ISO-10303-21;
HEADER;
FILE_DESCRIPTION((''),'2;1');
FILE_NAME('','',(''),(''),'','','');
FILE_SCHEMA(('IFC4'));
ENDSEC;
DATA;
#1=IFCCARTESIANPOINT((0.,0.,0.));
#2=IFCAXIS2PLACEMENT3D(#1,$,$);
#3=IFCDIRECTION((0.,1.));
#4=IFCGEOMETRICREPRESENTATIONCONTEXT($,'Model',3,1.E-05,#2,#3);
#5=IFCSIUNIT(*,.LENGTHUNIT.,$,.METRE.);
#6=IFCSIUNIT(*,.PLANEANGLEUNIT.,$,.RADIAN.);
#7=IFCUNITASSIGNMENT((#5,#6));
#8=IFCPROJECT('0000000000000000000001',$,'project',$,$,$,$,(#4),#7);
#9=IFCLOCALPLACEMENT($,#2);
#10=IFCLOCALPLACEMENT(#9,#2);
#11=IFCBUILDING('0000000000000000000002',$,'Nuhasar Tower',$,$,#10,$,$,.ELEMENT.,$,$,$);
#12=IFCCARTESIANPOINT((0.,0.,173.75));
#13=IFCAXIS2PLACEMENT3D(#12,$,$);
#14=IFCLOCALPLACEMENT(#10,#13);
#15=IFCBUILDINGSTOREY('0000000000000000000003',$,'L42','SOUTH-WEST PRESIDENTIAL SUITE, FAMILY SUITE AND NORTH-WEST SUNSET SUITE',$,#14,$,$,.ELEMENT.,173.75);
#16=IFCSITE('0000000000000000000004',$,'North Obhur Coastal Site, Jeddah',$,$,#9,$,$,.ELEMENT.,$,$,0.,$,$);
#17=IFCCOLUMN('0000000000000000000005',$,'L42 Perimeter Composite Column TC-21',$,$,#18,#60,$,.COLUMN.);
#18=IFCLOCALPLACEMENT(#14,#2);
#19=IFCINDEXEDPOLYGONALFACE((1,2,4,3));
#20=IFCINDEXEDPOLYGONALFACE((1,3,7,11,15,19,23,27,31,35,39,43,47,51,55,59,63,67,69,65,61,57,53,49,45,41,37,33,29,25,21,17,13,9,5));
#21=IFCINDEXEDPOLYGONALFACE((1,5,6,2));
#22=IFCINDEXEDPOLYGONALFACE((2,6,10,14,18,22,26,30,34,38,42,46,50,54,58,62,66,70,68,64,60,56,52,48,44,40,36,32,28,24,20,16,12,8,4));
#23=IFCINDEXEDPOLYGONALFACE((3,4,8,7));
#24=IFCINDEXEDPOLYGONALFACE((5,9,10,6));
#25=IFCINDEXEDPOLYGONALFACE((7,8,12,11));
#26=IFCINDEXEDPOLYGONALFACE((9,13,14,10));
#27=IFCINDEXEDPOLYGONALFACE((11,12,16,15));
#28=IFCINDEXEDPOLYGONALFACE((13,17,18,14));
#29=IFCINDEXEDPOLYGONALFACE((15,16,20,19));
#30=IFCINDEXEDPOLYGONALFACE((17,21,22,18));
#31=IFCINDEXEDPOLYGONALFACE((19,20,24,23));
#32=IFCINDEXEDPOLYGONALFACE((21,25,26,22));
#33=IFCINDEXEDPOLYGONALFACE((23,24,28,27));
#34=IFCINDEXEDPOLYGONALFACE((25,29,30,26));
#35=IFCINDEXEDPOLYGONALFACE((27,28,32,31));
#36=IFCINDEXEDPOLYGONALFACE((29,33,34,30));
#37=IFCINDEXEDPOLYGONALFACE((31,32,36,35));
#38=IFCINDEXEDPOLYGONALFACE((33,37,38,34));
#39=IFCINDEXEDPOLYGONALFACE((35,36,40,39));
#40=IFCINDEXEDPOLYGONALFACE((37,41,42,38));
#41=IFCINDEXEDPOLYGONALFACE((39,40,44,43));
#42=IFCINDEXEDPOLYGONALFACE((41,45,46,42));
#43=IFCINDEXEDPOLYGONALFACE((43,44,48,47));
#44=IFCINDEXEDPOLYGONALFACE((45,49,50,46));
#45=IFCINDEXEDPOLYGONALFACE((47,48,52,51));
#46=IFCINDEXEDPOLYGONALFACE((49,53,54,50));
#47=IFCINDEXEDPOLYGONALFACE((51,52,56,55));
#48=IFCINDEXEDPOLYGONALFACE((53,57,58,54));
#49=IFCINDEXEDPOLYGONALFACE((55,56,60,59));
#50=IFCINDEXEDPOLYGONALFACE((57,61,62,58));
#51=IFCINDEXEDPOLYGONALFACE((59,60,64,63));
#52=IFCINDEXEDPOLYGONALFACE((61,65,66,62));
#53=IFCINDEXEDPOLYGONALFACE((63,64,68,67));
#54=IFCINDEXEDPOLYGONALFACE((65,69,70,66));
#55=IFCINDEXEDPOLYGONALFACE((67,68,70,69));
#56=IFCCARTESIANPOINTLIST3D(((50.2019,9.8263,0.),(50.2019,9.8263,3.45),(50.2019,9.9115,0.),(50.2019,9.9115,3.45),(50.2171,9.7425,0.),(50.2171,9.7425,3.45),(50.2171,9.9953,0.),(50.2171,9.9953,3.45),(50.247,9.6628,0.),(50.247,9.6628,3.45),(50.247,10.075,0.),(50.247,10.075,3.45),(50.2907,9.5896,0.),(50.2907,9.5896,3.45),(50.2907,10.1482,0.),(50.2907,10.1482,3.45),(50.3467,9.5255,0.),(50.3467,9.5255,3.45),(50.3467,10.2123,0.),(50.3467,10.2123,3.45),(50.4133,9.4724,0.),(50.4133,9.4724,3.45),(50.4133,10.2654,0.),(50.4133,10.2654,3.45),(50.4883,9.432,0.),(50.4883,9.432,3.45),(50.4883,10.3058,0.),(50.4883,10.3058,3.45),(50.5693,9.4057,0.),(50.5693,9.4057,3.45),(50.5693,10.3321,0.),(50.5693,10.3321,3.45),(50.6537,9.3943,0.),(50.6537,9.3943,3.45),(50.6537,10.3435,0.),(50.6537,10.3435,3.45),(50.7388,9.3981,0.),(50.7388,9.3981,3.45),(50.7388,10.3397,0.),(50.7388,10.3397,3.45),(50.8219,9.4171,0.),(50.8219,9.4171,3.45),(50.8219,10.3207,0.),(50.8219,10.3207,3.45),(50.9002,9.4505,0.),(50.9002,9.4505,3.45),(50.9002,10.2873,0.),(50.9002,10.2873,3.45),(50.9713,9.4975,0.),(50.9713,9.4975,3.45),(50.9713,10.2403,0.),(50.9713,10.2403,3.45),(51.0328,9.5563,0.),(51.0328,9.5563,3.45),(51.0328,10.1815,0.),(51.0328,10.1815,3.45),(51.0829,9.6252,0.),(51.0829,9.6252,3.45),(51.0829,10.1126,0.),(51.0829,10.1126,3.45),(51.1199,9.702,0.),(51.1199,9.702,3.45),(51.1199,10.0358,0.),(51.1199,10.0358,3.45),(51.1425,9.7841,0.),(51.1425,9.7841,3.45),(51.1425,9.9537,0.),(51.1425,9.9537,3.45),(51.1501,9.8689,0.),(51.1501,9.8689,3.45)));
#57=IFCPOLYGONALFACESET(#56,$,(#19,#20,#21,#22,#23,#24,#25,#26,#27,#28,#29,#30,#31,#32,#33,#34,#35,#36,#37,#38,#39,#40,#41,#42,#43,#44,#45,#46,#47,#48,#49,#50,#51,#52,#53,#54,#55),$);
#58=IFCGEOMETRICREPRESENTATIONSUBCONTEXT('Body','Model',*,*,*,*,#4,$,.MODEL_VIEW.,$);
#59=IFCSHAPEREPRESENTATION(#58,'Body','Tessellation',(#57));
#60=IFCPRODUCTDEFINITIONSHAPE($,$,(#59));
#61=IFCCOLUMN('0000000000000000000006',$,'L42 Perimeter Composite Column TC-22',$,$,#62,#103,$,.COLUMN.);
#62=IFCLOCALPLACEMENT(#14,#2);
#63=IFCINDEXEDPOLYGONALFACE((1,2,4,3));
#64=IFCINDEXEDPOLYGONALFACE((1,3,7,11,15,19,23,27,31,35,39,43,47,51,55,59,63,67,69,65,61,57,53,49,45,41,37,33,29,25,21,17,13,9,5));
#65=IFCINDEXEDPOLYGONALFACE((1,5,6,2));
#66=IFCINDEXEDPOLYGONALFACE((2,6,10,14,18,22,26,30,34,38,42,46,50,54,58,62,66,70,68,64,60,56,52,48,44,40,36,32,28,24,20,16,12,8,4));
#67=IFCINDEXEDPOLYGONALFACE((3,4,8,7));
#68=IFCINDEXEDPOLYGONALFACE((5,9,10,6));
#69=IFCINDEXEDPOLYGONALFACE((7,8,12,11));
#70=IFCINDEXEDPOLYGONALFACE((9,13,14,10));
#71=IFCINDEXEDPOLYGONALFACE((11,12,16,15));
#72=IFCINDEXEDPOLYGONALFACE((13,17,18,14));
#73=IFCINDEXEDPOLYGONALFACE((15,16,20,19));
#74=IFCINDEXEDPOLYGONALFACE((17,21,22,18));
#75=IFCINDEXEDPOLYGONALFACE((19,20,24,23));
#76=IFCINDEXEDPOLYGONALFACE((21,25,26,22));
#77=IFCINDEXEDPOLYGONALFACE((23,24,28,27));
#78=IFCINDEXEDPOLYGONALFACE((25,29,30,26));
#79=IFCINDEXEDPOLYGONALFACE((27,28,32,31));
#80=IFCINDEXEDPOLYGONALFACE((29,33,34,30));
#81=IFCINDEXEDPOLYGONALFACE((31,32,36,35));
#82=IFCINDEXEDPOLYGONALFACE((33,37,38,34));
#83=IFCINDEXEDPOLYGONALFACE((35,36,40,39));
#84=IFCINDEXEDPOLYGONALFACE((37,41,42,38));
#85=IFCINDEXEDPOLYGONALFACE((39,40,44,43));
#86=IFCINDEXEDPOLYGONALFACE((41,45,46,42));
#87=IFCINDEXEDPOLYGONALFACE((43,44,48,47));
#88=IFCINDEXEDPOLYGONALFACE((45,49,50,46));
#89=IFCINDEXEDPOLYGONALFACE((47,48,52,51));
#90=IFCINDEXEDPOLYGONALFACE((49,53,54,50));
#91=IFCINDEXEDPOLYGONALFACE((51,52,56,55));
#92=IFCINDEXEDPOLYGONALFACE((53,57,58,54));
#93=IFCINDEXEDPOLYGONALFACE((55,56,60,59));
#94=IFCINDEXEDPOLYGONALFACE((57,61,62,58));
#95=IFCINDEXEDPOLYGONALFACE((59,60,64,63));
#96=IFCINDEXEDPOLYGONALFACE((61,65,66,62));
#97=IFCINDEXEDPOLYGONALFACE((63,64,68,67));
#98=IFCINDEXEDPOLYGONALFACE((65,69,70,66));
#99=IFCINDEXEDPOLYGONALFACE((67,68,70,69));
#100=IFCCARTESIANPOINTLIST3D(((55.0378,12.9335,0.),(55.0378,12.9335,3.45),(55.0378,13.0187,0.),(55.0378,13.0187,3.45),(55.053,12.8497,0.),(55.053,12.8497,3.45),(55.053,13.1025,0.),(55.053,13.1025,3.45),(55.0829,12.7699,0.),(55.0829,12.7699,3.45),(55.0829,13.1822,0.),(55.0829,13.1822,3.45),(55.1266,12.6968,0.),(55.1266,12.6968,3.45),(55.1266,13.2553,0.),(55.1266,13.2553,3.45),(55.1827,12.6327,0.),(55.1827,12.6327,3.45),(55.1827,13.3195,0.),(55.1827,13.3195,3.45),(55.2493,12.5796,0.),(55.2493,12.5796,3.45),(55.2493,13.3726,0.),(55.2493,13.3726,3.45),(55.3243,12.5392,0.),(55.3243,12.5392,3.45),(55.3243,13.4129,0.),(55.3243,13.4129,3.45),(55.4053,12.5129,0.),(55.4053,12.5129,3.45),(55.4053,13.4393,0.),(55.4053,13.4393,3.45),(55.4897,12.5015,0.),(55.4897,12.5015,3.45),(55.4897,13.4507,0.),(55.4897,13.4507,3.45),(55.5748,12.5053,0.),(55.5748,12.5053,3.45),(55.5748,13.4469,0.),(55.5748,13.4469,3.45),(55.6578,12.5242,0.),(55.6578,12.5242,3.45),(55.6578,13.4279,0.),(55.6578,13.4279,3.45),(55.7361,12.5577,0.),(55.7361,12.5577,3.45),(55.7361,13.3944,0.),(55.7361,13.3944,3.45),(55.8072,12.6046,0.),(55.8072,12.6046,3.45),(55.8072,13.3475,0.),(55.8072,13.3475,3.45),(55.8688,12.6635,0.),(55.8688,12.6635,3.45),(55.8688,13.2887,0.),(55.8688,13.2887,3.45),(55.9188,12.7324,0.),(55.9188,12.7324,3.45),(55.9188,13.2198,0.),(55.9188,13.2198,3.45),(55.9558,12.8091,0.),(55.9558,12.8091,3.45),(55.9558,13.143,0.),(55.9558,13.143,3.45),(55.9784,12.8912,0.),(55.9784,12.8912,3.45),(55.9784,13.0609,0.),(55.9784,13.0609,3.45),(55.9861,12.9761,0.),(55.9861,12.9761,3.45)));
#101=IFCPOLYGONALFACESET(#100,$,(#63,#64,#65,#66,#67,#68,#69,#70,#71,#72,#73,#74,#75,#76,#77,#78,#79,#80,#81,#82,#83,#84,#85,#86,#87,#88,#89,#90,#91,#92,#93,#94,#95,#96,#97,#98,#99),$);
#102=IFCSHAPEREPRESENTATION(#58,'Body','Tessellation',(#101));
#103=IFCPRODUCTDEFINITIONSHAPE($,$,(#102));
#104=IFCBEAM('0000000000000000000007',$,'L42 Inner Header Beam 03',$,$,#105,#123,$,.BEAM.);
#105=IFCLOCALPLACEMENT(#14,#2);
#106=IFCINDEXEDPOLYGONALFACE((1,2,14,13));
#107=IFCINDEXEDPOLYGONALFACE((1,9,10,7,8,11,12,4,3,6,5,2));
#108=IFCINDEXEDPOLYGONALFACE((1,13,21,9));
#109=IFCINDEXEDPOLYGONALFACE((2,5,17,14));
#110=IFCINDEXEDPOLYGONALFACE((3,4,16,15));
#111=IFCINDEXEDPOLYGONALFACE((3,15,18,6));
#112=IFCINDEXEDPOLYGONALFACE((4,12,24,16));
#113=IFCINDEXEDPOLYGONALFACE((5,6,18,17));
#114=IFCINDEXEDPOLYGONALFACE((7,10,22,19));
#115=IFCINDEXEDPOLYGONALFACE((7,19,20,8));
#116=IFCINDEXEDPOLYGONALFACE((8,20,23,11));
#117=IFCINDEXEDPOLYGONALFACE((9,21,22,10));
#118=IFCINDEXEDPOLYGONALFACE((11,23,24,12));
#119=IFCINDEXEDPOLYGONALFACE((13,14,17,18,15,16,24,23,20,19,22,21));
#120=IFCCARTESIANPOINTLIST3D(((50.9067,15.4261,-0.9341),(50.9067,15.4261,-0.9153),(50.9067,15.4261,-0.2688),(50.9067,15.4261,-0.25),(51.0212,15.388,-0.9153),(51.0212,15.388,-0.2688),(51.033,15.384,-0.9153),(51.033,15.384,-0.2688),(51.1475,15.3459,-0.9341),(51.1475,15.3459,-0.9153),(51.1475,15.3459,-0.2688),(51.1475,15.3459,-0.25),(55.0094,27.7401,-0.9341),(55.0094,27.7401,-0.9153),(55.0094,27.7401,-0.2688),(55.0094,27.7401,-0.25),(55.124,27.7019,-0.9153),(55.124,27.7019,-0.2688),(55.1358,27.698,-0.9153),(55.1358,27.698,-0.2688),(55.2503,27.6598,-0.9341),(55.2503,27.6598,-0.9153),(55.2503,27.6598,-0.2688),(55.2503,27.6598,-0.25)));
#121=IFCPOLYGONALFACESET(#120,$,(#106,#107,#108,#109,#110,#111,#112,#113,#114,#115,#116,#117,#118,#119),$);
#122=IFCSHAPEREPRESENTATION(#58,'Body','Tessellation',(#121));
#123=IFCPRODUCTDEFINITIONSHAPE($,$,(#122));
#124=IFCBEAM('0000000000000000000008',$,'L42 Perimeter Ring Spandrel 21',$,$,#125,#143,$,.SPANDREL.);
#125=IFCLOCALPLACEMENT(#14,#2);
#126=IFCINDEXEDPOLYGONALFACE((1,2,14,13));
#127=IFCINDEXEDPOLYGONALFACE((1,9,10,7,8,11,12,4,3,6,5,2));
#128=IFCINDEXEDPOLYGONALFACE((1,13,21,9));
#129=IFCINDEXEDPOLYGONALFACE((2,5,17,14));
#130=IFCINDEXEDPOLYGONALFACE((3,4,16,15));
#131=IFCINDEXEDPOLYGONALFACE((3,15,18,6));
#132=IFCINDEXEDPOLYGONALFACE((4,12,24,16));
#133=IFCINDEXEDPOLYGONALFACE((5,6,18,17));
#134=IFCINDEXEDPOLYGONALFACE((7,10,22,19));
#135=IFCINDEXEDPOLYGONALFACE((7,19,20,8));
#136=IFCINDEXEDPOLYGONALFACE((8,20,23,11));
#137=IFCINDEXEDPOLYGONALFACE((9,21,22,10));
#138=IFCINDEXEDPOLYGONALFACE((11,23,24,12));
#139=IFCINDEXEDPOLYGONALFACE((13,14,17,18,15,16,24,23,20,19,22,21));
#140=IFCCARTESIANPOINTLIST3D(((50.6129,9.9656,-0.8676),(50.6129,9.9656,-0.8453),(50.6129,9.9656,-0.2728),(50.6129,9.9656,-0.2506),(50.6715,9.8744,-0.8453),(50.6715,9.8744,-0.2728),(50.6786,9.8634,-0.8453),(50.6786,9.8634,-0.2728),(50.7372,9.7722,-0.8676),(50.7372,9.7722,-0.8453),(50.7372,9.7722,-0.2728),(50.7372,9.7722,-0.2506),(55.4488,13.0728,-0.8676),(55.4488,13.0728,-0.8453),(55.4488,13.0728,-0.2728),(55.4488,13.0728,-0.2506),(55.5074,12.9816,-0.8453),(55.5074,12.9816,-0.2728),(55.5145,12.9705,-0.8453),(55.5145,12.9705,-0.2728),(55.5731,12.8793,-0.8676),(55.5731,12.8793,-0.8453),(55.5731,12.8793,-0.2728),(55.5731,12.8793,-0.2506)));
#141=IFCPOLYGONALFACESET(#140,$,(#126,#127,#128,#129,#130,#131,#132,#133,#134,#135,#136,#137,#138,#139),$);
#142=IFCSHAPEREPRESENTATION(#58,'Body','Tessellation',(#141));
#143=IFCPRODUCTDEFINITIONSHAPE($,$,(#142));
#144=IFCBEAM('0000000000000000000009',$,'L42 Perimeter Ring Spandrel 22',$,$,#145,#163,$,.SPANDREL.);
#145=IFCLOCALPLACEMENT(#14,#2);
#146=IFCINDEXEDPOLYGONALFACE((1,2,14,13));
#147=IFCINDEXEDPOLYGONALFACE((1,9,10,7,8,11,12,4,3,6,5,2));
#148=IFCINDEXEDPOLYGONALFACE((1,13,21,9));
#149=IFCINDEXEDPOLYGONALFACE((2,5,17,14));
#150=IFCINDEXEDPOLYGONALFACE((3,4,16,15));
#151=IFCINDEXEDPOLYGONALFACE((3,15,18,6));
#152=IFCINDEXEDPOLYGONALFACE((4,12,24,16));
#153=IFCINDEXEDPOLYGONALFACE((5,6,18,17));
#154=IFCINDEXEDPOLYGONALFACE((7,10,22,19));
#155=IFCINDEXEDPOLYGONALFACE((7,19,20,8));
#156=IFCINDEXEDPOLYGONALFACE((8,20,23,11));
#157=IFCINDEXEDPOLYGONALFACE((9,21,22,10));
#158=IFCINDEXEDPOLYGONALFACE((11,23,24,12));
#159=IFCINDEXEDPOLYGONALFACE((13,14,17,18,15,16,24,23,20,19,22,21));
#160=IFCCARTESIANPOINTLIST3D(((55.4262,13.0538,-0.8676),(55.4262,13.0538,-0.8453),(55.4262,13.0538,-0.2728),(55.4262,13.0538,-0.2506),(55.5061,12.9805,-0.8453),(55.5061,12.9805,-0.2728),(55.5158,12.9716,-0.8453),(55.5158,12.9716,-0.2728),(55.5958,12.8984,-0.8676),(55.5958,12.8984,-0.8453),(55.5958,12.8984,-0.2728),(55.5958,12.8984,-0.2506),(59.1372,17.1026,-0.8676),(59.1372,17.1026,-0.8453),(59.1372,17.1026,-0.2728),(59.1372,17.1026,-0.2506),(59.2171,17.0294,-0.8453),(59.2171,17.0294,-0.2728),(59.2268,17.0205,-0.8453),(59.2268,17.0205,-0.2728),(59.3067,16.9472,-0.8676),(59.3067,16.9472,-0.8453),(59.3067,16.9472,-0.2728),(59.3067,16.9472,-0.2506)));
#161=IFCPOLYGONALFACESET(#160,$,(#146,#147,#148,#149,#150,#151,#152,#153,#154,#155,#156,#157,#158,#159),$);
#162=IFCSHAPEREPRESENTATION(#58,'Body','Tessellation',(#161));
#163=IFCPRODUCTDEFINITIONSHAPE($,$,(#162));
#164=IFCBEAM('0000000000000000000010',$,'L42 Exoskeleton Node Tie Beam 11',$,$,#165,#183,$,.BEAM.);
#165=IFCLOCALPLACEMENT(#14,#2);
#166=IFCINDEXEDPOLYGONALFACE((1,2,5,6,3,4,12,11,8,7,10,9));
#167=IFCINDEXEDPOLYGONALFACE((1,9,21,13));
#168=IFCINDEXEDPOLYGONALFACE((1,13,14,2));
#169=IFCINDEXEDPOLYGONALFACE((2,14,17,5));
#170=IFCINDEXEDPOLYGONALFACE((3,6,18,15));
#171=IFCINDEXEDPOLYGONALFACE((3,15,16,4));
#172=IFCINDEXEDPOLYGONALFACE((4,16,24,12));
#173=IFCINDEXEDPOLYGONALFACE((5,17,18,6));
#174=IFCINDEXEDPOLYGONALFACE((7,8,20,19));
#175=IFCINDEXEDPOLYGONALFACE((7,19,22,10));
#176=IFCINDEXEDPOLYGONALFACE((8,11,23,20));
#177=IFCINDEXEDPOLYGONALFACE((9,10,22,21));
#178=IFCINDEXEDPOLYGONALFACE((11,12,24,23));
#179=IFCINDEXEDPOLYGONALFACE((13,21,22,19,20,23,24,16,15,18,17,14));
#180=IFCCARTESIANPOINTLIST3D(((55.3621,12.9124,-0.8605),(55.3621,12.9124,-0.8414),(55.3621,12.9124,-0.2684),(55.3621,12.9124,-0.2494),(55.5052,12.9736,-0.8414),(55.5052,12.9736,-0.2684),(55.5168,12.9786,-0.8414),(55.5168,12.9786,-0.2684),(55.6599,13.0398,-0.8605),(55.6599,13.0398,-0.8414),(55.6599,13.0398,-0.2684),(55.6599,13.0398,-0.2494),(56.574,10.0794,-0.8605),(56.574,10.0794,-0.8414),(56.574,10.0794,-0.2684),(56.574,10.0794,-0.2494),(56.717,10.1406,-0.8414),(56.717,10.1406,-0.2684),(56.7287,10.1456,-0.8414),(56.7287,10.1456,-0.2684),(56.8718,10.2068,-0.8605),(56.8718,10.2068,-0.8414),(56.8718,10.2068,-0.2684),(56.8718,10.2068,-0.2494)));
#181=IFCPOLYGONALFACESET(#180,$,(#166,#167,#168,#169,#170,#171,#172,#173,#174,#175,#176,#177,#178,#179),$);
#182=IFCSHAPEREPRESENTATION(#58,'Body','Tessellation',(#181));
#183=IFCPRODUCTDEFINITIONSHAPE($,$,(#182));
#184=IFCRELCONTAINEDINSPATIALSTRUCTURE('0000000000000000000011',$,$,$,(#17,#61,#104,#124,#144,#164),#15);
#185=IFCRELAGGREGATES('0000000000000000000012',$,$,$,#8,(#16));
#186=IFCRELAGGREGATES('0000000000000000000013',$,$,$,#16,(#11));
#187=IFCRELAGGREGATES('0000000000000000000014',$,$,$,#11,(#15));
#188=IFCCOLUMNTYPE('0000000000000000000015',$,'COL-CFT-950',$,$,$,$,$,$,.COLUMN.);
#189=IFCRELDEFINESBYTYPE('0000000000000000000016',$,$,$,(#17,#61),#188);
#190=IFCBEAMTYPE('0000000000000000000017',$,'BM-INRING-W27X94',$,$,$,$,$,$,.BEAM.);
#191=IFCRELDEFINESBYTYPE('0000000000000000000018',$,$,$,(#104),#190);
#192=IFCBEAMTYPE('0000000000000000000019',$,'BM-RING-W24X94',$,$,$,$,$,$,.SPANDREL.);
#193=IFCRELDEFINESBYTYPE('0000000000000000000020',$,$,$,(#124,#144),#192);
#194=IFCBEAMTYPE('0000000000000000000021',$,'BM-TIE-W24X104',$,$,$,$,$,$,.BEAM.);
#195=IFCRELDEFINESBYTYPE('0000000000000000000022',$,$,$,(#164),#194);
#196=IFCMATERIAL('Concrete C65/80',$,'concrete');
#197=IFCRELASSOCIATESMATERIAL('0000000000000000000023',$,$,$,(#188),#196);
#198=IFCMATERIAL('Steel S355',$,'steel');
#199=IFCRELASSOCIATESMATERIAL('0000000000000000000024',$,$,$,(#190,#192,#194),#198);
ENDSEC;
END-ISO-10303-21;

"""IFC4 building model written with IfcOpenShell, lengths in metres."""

from ifc_helpers import new_model, si_unit, direction, frame, origin, origin_2d, place, context, subcontext, project, spatial, circle, i_section, extrude, material, material_profile, profile_set, type_object, element, save


model = new_model("IFC4")

# Units and contexts
model_context = context("Model", 3, precision=1e-05, world=origin(), true_north=direction((0.0, 1.0)))
body_context = subcontext(model_context, "Body", "Model", "MODEL_VIEW")
ifc_project = project(units=[si_unit("LENGTHUNIT", "METRE"), si_unit("PLANEANGLEUNIT", "RADIAN")], contexts=[model_context])

# Site, building, storey
site_placement = place(None, origin())
site = spatial("IfcSite", under=ifc_project, at=site_placement, Name="North Obhur Coastal Site, Jeddah", CompositionType="ELEMENT", RefElevation=0.0)
building_placement = place(site_placement, origin())
building = spatial("IfcBuilding", under=site, at=building_placement, Name="Nuhasar Tower", CompositionType="ELEMENT")
storey_placement = place(building_placement, frame((0.0, 0.0, 173.75)))
storey = spatial("IfcBuildingStorey", under=building, at=storey_placement, Name="L42", Description="SOUTH-WEST PRESIDENTIAL SUITE, FAMILY SUITE AND NORTH-WEST SUNSET SUITE", CompositionType="ELEMENT", Elevation=173.75)

# Columns
ifc_material_1 = material(Name="Concrete C65/80", Category="concrete")
ifc_material_profile_1 = material_profile(ifc_material_1, circle(Radius=0.4751, at=origin_2d()), Name="CFT950")
ifc_profile_set_1 = profile_set([ifc_material_profile_1], Name="Concrete C65/80")
column_type = type_object("IfcColumnType", Name="COL-CFT-950", PredefinedType="COLUMN", material=ifc_profile_set_1)
for number, where, z_axis, x_axis, name in (
    (1, (50.675, 9.8689, 0.0), (0.0, 0.0, 1.0), (1.0, 0.0, 0.0), "L42 Perimeter Composite Column TC-21"),
    (2, (55.511, 12.9761, 0.0), (0.0, 0.0, 1.0), (1.0, 0.0, 0.0), "L42 Perimeter Composite Column TC-22"),
):
    element("IfcColumn", number, at=place(storey_placement, frame(where, z_axis=z_axis, x_axis=x_axis)), inside=storey, type_object=column_type, Name=name, PredefinedType="COLUMN", context=body_context, shape_type="SweptSolid", body=[
        extrude(circle(Radius=0.4751, at=origin_2d()), origin(), (0.0, 0.0, 1.0), 3.45),
    ])

# Beams
ifc_material_2 = material(Name="Steel S355", Category="steel")
ifc_material_profile_2 = material_profile(ifc_material_2, i_section(OverallWidth=0.2539, OverallDepth=0.6841, WebThickness=0.0125, FlangeThickness=0.0188, at=origin_2d()), Name="W27X94")
ifc_profile_set_2 = profile_set([ifc_material_profile_2], Name="Steel S355")
beam_type_1 = type_object("IfcBeamType", Name="BM-INRING-W27X94", PredefinedType="BEAM", material=ifc_profile_set_2)
beam_1_placement = place(storey_placement, frame((51.0271, 15.386, -0.592), z_axis=(0.316098, 0.948727, 0.0), x_axis=(-0.948727, 0.316098, 0.0)))
element("IfcBeam", 3, at=beam_1_placement, inside=storey, type_object=beam_type_1, Name="L42 Inner Header Beam 03", PredefinedType="BEAM", context=body_context, shape_type="SweptSolid", body=[
    extrude(i_section(OverallWidth=0.2539, OverallDepth=0.6841, WebThickness=0.0125, FlangeThickness=0.0188, at=origin_2d()), origin(), (0.0, 0.0, 1.0), 12.9795),
])
ifc_material_profile_3 = material_profile(ifc_material_2, i_section(OverallWidth=0.23, OverallDepth=0.6169, WebThickness=0.0132, FlangeThickness=0.0222, at=origin_2d()), Name="W24X94")
ifc_profile_set_3 = profile_set([ifc_material_profile_3], Name="Steel S355")
beam_type_2 = type_object("IfcBeamType", Name="BM-RING-W24X94", PredefinedType="SPANDREL", material=ifc_profile_set_3)
beam_2_placement = place(storey_placement, frame((50.675, 9.8689, -0.5591), z_axis=(0.841308, 0.540556, 0.0), x_axis=(-0.540556, 0.841308, 0.0)))
element("IfcBeam", 4, at=beam_2_placement, inside=storey, type_object=beam_type_2, Name="L42 Perimeter Ring Spandrel 21", PredefinedType="SPANDREL", context=body_context, shape_type="SweptSolid", body=[
    extrude(i_section(OverallWidth=0.23, OverallDepth=0.6169, WebThickness=0.0132, FlangeThickness=0.0222, at=origin_2d()), origin(), (0.0, 0.0, 1.0), 5.748),
])
beam_3_placement = place(storey_placement, frame((55.511, 12.9761, -0.5591), z_axis=(0.675676, 0.737198, 0.0), x_axis=(-0.737198, 0.675676, 0.0)))
element("IfcBeam", 5, at=beam_3_placement, inside=storey, type_object=beam_type_2, Name="L42 Perimeter Ring Spandrel 22", PredefinedType="SPANDREL", context=body_context, shape_type="SweptSolid", body=[
    extrude(i_section(OverallWidth=0.23, OverallDepth=0.6169, WebThickness=0.0132, FlangeThickness=0.0222, at=origin_2d()), origin(), (0.0, 0.0, 1.0), 5.4922),
])
ifc_material_profile_4 = material_profile(ifc_material_2, i_section(OverallWidth=0.324, OverallDepth=0.6111, WebThickness=0.0127, FlangeThickness=0.019, at=origin_2d()), Name="W24X104")
ifc_profile_set_4 = profile_set([ifc_material_profile_4], Name="Steel S355")
beam_type_3 = type_object("IfcBeamType", Name="BM-TIE-W24X104", PredefinedType="BEAM", material=ifc_profile_set_4)
beam_4_placement = place(storey_placement, frame((55.511, 12.9761, -0.5549), z_axis=(0.393307, -0.919407, 0.0), x_axis=(0.919407, 0.393307, 0.0)))
element("IfcBeam", 6, at=beam_4_placement, inside=storey, type_object=beam_type_3, Name="L42 Exoskeleton Node Tie Beam 11", PredefinedType="BEAM", context=body_context, shape_type="SweptSolid", body=[
    extrude(i_section(OverallWidth=0.324, OverallDepth=0.6111, WebThickness=0.0127, FlangeThickness=0.019, at=origin_2d()), origin(), (0.0, 0.0, 1.0), 3.0813),
])

save(model, "model.ifc")
